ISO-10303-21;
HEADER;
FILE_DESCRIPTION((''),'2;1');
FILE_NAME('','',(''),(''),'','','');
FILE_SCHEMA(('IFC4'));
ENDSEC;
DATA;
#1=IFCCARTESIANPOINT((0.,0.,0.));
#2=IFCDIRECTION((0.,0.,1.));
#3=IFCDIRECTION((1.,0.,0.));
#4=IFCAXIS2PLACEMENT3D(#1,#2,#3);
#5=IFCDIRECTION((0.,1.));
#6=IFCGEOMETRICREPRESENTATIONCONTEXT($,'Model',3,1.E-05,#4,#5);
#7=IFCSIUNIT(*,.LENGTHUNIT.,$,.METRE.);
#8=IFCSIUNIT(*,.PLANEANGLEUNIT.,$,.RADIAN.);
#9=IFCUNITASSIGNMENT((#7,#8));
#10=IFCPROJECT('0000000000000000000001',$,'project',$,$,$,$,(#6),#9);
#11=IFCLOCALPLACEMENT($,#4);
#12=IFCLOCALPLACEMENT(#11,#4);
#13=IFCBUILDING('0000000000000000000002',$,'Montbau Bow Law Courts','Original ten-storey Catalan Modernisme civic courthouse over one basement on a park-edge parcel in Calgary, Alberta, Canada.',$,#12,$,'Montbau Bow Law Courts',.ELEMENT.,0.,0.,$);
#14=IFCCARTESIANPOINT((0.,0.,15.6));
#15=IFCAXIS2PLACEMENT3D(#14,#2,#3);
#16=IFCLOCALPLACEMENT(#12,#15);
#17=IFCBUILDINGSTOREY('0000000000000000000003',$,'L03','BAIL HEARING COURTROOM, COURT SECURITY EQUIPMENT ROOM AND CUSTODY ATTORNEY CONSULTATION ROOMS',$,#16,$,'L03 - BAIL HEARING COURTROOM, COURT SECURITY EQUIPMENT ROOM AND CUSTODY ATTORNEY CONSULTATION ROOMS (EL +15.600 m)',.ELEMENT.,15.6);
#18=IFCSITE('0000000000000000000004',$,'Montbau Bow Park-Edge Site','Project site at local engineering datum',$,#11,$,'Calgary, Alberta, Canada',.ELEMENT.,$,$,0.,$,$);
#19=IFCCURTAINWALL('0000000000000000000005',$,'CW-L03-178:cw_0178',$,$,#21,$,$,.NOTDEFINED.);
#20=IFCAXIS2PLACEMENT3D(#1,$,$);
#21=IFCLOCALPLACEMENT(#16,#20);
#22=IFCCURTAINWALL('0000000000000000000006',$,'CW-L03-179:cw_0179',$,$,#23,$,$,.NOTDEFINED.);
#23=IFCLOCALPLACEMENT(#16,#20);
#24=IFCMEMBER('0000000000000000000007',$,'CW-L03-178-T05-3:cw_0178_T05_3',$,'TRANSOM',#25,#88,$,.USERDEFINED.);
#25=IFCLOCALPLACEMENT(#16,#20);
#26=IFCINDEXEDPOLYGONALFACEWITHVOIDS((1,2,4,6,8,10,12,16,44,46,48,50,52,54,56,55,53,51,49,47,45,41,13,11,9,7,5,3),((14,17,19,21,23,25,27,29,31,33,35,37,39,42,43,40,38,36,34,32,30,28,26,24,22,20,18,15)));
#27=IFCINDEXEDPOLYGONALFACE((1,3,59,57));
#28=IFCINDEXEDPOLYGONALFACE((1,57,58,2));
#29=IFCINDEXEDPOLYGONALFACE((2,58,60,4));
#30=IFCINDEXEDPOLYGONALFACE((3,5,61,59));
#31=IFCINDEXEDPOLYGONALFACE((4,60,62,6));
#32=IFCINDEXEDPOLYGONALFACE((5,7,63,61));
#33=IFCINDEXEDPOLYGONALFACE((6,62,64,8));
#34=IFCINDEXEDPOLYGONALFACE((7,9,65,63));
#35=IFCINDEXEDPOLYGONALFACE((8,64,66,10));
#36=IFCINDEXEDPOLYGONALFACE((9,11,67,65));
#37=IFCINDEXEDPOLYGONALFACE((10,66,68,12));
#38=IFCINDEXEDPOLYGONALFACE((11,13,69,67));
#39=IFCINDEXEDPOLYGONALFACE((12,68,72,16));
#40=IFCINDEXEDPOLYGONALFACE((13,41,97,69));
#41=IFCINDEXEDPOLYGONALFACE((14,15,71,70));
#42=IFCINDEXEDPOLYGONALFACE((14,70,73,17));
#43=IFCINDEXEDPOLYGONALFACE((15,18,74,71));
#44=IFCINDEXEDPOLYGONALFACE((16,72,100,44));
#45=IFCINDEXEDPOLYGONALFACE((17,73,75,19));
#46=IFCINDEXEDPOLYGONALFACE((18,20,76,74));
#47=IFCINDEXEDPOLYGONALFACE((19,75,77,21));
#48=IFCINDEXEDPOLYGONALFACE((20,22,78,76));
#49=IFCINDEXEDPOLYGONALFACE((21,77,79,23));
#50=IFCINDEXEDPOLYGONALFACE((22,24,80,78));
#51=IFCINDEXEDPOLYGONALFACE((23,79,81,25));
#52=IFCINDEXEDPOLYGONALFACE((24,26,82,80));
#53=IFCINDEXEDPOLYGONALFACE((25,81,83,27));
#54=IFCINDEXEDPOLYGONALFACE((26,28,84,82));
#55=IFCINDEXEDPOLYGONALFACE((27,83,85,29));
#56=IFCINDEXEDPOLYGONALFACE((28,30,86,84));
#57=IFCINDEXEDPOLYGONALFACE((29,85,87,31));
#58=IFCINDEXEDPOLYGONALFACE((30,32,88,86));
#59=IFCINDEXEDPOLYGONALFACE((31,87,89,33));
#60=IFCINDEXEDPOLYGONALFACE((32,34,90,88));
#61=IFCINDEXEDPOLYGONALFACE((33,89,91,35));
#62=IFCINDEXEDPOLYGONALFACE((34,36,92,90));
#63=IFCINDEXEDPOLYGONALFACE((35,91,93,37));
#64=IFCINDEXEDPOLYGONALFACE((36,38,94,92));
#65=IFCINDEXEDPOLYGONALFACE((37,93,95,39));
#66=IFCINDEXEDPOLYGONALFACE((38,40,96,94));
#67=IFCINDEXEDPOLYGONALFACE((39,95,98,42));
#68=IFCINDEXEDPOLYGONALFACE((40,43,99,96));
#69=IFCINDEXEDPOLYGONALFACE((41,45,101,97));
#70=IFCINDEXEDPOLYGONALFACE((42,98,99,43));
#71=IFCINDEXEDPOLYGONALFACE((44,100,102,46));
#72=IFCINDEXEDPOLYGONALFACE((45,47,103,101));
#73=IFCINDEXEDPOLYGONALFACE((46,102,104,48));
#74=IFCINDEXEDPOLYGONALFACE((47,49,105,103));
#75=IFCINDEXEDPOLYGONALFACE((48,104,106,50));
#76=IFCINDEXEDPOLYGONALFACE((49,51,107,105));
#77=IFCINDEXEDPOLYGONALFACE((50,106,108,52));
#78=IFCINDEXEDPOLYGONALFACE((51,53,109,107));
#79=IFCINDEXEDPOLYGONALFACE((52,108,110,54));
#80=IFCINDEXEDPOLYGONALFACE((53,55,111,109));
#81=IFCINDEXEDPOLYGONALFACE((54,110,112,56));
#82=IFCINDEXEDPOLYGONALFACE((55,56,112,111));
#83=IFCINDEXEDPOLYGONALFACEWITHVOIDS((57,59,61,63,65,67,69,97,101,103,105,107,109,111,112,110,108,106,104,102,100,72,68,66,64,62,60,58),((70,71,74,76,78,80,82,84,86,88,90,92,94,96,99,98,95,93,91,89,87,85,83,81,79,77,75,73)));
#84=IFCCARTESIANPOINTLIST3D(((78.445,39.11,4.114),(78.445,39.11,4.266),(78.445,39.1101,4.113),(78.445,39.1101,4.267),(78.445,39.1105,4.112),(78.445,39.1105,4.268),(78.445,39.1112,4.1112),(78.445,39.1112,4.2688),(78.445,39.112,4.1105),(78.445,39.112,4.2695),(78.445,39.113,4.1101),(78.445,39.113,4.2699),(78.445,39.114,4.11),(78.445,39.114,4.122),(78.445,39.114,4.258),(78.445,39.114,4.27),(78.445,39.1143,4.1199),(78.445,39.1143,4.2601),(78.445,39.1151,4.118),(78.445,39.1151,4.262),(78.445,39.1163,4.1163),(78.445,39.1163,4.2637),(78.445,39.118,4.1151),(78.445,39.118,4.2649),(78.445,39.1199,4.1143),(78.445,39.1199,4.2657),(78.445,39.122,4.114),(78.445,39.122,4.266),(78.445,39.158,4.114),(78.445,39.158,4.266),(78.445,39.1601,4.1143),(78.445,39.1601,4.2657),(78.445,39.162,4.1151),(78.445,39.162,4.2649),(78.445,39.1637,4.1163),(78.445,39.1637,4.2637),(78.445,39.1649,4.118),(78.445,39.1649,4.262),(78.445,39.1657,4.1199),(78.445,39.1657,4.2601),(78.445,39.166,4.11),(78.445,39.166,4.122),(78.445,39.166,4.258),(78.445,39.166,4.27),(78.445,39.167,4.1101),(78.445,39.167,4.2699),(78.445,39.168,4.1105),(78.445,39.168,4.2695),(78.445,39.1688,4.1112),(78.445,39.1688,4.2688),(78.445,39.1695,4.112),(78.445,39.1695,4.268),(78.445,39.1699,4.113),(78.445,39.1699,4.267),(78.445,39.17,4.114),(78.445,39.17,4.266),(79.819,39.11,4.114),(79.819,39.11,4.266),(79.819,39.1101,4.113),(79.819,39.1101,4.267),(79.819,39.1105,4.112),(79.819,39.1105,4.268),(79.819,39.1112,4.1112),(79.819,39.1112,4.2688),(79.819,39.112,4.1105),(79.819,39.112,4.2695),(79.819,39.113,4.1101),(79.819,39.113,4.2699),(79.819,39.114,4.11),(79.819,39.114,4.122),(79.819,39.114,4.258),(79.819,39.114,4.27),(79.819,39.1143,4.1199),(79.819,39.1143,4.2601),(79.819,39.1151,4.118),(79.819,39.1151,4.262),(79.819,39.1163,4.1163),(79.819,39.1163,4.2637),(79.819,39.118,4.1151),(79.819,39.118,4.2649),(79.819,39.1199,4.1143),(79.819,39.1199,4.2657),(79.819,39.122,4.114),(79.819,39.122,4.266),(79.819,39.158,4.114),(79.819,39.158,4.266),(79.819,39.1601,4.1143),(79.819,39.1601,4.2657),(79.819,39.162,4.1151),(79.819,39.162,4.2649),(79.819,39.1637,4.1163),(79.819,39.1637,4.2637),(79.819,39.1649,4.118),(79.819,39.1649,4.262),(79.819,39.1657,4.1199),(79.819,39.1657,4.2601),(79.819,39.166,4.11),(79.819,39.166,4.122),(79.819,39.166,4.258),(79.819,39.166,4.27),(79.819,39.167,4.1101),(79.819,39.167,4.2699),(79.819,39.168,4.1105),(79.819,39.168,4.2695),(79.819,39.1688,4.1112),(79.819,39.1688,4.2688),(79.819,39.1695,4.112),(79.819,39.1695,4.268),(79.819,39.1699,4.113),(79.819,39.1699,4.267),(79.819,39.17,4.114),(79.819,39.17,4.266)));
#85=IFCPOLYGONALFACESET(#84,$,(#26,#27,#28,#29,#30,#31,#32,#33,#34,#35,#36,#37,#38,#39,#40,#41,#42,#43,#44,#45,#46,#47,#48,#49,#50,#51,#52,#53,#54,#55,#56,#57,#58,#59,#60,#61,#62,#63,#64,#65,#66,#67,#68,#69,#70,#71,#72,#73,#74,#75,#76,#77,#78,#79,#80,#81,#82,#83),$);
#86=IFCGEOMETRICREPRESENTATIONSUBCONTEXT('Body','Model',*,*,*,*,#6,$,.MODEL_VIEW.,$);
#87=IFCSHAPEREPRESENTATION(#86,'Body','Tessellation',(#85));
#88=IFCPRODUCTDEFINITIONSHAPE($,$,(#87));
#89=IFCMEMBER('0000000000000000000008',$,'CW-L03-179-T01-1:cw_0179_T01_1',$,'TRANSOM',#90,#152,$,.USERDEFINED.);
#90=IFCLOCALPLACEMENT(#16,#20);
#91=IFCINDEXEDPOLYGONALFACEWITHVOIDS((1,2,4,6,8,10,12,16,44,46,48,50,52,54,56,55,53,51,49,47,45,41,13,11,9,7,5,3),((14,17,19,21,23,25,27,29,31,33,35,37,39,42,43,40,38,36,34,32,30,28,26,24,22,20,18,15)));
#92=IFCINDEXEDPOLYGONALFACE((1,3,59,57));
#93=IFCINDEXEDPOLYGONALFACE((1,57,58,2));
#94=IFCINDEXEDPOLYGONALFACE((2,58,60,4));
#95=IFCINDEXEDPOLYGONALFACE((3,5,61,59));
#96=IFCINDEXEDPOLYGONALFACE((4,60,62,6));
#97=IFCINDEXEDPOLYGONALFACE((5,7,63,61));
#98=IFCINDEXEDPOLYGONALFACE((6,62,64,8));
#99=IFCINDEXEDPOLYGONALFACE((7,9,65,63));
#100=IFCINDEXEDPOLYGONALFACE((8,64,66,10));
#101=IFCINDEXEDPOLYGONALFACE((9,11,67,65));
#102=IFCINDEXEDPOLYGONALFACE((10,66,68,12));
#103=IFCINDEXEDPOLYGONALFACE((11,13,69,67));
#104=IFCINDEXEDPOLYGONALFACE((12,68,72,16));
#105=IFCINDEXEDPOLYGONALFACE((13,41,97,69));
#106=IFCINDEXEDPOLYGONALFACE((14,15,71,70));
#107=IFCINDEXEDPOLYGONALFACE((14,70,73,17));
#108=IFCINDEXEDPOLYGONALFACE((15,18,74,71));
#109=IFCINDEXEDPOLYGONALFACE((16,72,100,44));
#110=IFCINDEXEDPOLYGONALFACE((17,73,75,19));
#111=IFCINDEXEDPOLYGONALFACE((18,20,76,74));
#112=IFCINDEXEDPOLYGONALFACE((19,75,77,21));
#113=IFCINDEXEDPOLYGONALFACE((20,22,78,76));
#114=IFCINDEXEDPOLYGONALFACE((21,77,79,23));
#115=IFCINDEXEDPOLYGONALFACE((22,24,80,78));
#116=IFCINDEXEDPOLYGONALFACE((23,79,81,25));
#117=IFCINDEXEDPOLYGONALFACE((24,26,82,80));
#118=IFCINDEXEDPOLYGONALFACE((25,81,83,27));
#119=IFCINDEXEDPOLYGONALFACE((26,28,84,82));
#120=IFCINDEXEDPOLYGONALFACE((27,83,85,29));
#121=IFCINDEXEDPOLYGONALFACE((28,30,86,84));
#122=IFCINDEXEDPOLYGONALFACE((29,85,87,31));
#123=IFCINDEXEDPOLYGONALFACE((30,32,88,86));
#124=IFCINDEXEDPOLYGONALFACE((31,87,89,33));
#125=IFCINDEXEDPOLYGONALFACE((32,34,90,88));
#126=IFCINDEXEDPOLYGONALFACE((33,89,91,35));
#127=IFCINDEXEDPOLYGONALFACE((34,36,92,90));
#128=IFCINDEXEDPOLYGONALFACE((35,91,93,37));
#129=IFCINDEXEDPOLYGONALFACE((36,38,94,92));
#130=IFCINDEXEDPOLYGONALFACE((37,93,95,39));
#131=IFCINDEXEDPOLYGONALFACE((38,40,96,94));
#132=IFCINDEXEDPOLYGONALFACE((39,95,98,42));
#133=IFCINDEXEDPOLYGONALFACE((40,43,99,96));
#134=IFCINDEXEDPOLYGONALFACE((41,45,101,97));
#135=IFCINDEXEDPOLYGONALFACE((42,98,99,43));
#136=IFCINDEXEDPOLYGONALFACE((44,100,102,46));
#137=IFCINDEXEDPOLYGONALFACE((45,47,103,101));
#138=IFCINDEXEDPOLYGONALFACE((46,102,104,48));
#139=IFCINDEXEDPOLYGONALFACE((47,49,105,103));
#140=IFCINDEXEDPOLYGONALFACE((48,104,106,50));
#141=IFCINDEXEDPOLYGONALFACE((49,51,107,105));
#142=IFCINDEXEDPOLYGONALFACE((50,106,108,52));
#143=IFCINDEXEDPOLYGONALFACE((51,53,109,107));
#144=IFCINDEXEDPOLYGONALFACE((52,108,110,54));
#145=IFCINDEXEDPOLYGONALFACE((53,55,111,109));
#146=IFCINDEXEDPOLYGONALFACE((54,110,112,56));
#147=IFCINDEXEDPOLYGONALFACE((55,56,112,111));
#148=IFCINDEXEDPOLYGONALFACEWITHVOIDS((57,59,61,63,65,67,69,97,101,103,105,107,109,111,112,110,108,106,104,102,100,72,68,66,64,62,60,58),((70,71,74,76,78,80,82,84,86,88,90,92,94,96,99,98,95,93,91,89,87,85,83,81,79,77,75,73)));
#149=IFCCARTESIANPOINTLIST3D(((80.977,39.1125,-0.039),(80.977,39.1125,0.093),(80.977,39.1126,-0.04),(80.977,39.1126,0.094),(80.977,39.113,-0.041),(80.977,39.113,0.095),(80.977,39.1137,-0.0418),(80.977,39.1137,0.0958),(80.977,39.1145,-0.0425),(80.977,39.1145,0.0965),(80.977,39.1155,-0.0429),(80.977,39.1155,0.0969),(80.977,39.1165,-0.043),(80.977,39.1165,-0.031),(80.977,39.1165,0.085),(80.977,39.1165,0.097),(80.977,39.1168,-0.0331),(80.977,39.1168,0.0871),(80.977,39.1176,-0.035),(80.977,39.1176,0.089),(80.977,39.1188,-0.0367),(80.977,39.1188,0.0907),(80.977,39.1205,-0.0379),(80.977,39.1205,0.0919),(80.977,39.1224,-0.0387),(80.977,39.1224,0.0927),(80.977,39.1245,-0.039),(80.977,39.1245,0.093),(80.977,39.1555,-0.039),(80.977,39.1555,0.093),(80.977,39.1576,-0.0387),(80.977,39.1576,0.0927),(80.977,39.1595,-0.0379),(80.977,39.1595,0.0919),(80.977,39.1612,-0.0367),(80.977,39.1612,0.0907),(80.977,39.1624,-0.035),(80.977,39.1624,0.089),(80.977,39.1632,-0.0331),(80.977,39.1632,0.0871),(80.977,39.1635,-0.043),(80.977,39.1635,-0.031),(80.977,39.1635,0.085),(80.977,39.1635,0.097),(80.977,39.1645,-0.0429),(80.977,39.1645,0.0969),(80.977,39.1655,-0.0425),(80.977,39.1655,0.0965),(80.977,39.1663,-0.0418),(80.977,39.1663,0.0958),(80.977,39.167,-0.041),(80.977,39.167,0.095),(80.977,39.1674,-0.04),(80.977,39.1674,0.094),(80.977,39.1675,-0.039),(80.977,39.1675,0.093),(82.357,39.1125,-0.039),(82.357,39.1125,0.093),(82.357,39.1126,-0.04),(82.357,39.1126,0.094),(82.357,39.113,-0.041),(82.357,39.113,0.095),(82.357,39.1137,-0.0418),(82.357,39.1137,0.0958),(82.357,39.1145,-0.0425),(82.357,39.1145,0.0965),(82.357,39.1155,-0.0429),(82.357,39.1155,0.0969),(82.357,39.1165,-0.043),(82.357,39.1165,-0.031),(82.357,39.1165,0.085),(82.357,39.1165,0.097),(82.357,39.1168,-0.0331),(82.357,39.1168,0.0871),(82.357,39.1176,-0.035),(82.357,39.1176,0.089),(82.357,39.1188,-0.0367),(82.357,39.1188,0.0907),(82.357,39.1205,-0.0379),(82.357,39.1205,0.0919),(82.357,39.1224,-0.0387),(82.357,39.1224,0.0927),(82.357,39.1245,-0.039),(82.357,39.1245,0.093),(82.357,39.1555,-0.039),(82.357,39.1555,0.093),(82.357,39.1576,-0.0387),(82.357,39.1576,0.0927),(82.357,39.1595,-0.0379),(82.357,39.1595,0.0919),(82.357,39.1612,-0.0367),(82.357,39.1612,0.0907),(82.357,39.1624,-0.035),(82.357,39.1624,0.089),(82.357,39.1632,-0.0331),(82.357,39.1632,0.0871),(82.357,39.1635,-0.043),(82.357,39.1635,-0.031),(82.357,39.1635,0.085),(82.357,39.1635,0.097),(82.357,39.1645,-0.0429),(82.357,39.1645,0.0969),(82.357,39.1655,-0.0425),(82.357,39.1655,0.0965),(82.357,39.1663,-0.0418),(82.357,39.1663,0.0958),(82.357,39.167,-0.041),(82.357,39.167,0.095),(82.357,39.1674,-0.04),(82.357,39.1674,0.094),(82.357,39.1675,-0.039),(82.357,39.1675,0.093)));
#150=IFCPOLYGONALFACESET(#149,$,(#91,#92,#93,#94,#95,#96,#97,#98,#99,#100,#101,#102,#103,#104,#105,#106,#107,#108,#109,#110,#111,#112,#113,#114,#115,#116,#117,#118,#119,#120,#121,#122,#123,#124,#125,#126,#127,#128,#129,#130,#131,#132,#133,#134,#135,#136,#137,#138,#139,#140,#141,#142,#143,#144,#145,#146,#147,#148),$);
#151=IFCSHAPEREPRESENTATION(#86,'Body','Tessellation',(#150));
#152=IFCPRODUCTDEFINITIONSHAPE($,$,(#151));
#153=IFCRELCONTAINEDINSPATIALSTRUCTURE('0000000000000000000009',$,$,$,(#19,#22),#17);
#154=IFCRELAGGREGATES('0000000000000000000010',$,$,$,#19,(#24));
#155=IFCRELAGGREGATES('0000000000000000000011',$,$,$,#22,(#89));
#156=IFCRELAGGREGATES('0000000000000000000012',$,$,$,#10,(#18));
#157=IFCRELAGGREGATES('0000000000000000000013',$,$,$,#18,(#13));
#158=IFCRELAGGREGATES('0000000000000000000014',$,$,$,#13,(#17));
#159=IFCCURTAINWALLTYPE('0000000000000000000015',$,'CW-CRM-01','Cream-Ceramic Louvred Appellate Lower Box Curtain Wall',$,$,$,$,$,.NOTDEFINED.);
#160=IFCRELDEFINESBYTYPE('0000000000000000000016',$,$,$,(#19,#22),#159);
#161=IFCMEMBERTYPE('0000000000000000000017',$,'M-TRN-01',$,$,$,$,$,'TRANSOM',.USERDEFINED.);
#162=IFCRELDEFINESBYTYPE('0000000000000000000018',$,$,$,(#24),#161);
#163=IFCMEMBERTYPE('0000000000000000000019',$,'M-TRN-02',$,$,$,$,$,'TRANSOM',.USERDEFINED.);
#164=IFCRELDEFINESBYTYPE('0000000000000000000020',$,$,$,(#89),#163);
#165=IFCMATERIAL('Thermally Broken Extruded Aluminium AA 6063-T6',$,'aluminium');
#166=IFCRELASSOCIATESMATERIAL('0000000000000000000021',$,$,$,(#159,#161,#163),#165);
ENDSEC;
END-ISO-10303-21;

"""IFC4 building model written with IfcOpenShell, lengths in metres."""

from ifc_helpers import new_model, si_unit, direction, frame, origin_with_axes, origin_2d_with_axis, place, context, subcontext, project, spatial, hollow_rectangle, extrude, material, material_profile, profile_set, type_object, element, aggregate, save


model = new_model("IFC4")

# Units and contexts
model_context = context("Model", 3, precision=1e-05, world=origin_with_axes(), true_north=direction((0.0, 1.0)))
body_context = subcontext(model_context, "Body", "Model", "MODEL_VIEW")
ifc_project = project(units=[si_unit("LENGTHUNIT", "METRE"), si_unit("PLANEANGLEUNIT", "RADIAN")], contexts=[model_context])

# Site, building, storey
site_placement = place(None, origin_with_axes())
site = spatial("IfcSite", under=ifc_project, at=site_placement, Name="Montbau Bow Park-Edge Site", Description="Project site at local engineering datum", LongName="Calgary, Alberta, Canada", CompositionType="ELEMENT", RefElevation=0.0)
building_placement = place(site_placement, origin_with_axes())
building = spatial("IfcBuilding", under=site, at=building_placement, Name="Montbau Bow Law Courts", Description="Original ten-storey Catalan Modernisme civic courthouse over one basement on a park-edge parcel in Calgary, Alberta, Canada.", LongName="Montbau Bow Law Courts", CompositionType="ELEMENT", ElevationOfRefHeight=0.0, ElevationOfTerrain=0.0)
storey_placement = place(building_placement, frame((0.0, 0.0, 15.6), z_axis=(0.0, 0.0, 1.0), x_axis=(1.0, 0.0, 0.0)))
storey = spatial("IfcBuildingStorey", under=building, at=storey_placement, Name="L03", Description="BAIL HEARING COURTROOM, COURT SECURITY EQUIPMENT ROOM AND CUSTODY ATTORNEY CONSULTATION ROOMS", LongName="L03 - BAIL HEARING COURTROOM, COURT SECURITY EQUIPMENT ROOM AND CUSTODY ATTORNEY CONSULTATION ROOMS (EL +15.600 m)", CompositionType="ELEMENT", Elevation=15.6)

# Curtain walls
ifc_material_1 = material(Name="Thermally Broken Extruded Aluminium AA 6063-T6", Category="aluminium")
curtain_wall_type = type_object("IfcCurtainWallType", Name="CW-CRM-01", Description="Cream-Ceramic Louvred Appellate Lower Box Curtain Wall", PredefinedType="NOTDEFINED", material=ifc_material_1)
curtain_wall_1_placement = place(None, frame((72.515, 39.14, 15.6), z_axis=(0.0, 0.0, 1.0), x_axis=(1.0, 0.0, 0.0)))
curtain_wall_1 = element("IfcCurtainWall", 1, at=curtain_wall_1_placement, inside=storey, type_object=curtain_wall_type, Name="CW-L03-178:cw_0178", PredefinedType="NOTDEFINED")
curtain_wall_2_placement = place(None, frame((80.915, 39.14, 15.6), z_axis=(0.0, 0.0, 1.0), x_axis=(1.0, 0.0, 0.0)))
curtain_wall_2 = element("IfcCurtainWall", 2, at=curtain_wall_2_placement, inside=storey, type_object=curtain_wall_type, Name="CW-L03-179:cw_0179", PredefinedType="NOTDEFINED")

# Members
ifc_material_profile_1 = material_profile(ifc_material_1, hollow_rectangle(XDim=0.06, YDim=0.16, WallThickness=0.004, InnerFilletRadius=0.008, OuterFilletRadius=0.004, at=origin_2d_with_axis()), Name="CWT-160X60", Category="Main", Priority=0)
ifc_profile_set_1 = profile_set([ifc_material_profile_1], Name="Thermally Broken Extruded Aluminium AA 6063-T6")
member_type_1 = type_object("IfcMemberType", Name="M-TRN-01", ElementType="TRANSOM", PredefinedType="USERDEFINED", material=ifc_profile_set_1)
member_1_placement = place(None, frame((78.445, 39.14, 19.79), z_axis=(1.0, 0.0, 0.0), x_axis=(0.0, 1.0, 0.0)))
member_1 = element("IfcMember", 3, at=member_1_placement, type_object=member_type_1, Name="CW-L03-178-T05-3:cw_0178_T05_3", ObjectType="TRANSOM", PredefinedType="USERDEFINED", context=body_context, shape_type="SweptSolid", body=[
    extrude(hollow_rectangle(XDim=0.06, YDim=0.16, WallThickness=0.004, InnerFilletRadius=0.008, OuterFilletRadius=0.004, at=origin_2d_with_axis()), origin_with_axes(), (0.0, 0.0, 1.0), 1.374),
])
ifc_material_profile_2 = material_profile(ifc_material_1, hollow_rectangle(XDim=0.055, YDim=0.14, WallThickness=0.004, InnerFilletRadius=0.008, OuterFilletRadius=0.004, at=origin_2d_with_axis()), Name="CWT-140X55", Category="Main", Priority=0)
ifc_profile_set_2 = profile_set([ifc_material_profile_2], Name="Thermally Broken Extruded Aluminium AA 6063-T6")
member_type_2 = type_object("IfcMemberType", Name="M-TRN-02", ElementType="TRANSOM", PredefinedType="USERDEFINED", material=ifc_profile_set_2)
member_2_placement = place(None, frame((80.977, 39.14, 15.627), z_axis=(1.0, 0.0, 0.0), x_axis=(0.0, 1.0, 0.0)))
member_2 = element("IfcMember", 4, at=member_2_placement, type_object=member_type_2, Name="CW-L03-179-T01-1:cw_0179_T01_1", ObjectType="TRANSOM", PredefinedType="USERDEFINED", context=body_context, shape_type="SweptSolid", body=[
    extrude(hollow_rectangle(XDim=0.055, YDim=0.14, WallThickness=0.004, InnerFilletRadius=0.008, OuterFilletRadius=0.004, at=origin_2d_with_axis()), origin_with_axes(), (0.0, 0.0, 1.0), 1.38),
])

aggregate(curtain_wall_1, [member_1])
aggregate(curtain_wall_2, [member_2])

save(model, "model.ifc")
